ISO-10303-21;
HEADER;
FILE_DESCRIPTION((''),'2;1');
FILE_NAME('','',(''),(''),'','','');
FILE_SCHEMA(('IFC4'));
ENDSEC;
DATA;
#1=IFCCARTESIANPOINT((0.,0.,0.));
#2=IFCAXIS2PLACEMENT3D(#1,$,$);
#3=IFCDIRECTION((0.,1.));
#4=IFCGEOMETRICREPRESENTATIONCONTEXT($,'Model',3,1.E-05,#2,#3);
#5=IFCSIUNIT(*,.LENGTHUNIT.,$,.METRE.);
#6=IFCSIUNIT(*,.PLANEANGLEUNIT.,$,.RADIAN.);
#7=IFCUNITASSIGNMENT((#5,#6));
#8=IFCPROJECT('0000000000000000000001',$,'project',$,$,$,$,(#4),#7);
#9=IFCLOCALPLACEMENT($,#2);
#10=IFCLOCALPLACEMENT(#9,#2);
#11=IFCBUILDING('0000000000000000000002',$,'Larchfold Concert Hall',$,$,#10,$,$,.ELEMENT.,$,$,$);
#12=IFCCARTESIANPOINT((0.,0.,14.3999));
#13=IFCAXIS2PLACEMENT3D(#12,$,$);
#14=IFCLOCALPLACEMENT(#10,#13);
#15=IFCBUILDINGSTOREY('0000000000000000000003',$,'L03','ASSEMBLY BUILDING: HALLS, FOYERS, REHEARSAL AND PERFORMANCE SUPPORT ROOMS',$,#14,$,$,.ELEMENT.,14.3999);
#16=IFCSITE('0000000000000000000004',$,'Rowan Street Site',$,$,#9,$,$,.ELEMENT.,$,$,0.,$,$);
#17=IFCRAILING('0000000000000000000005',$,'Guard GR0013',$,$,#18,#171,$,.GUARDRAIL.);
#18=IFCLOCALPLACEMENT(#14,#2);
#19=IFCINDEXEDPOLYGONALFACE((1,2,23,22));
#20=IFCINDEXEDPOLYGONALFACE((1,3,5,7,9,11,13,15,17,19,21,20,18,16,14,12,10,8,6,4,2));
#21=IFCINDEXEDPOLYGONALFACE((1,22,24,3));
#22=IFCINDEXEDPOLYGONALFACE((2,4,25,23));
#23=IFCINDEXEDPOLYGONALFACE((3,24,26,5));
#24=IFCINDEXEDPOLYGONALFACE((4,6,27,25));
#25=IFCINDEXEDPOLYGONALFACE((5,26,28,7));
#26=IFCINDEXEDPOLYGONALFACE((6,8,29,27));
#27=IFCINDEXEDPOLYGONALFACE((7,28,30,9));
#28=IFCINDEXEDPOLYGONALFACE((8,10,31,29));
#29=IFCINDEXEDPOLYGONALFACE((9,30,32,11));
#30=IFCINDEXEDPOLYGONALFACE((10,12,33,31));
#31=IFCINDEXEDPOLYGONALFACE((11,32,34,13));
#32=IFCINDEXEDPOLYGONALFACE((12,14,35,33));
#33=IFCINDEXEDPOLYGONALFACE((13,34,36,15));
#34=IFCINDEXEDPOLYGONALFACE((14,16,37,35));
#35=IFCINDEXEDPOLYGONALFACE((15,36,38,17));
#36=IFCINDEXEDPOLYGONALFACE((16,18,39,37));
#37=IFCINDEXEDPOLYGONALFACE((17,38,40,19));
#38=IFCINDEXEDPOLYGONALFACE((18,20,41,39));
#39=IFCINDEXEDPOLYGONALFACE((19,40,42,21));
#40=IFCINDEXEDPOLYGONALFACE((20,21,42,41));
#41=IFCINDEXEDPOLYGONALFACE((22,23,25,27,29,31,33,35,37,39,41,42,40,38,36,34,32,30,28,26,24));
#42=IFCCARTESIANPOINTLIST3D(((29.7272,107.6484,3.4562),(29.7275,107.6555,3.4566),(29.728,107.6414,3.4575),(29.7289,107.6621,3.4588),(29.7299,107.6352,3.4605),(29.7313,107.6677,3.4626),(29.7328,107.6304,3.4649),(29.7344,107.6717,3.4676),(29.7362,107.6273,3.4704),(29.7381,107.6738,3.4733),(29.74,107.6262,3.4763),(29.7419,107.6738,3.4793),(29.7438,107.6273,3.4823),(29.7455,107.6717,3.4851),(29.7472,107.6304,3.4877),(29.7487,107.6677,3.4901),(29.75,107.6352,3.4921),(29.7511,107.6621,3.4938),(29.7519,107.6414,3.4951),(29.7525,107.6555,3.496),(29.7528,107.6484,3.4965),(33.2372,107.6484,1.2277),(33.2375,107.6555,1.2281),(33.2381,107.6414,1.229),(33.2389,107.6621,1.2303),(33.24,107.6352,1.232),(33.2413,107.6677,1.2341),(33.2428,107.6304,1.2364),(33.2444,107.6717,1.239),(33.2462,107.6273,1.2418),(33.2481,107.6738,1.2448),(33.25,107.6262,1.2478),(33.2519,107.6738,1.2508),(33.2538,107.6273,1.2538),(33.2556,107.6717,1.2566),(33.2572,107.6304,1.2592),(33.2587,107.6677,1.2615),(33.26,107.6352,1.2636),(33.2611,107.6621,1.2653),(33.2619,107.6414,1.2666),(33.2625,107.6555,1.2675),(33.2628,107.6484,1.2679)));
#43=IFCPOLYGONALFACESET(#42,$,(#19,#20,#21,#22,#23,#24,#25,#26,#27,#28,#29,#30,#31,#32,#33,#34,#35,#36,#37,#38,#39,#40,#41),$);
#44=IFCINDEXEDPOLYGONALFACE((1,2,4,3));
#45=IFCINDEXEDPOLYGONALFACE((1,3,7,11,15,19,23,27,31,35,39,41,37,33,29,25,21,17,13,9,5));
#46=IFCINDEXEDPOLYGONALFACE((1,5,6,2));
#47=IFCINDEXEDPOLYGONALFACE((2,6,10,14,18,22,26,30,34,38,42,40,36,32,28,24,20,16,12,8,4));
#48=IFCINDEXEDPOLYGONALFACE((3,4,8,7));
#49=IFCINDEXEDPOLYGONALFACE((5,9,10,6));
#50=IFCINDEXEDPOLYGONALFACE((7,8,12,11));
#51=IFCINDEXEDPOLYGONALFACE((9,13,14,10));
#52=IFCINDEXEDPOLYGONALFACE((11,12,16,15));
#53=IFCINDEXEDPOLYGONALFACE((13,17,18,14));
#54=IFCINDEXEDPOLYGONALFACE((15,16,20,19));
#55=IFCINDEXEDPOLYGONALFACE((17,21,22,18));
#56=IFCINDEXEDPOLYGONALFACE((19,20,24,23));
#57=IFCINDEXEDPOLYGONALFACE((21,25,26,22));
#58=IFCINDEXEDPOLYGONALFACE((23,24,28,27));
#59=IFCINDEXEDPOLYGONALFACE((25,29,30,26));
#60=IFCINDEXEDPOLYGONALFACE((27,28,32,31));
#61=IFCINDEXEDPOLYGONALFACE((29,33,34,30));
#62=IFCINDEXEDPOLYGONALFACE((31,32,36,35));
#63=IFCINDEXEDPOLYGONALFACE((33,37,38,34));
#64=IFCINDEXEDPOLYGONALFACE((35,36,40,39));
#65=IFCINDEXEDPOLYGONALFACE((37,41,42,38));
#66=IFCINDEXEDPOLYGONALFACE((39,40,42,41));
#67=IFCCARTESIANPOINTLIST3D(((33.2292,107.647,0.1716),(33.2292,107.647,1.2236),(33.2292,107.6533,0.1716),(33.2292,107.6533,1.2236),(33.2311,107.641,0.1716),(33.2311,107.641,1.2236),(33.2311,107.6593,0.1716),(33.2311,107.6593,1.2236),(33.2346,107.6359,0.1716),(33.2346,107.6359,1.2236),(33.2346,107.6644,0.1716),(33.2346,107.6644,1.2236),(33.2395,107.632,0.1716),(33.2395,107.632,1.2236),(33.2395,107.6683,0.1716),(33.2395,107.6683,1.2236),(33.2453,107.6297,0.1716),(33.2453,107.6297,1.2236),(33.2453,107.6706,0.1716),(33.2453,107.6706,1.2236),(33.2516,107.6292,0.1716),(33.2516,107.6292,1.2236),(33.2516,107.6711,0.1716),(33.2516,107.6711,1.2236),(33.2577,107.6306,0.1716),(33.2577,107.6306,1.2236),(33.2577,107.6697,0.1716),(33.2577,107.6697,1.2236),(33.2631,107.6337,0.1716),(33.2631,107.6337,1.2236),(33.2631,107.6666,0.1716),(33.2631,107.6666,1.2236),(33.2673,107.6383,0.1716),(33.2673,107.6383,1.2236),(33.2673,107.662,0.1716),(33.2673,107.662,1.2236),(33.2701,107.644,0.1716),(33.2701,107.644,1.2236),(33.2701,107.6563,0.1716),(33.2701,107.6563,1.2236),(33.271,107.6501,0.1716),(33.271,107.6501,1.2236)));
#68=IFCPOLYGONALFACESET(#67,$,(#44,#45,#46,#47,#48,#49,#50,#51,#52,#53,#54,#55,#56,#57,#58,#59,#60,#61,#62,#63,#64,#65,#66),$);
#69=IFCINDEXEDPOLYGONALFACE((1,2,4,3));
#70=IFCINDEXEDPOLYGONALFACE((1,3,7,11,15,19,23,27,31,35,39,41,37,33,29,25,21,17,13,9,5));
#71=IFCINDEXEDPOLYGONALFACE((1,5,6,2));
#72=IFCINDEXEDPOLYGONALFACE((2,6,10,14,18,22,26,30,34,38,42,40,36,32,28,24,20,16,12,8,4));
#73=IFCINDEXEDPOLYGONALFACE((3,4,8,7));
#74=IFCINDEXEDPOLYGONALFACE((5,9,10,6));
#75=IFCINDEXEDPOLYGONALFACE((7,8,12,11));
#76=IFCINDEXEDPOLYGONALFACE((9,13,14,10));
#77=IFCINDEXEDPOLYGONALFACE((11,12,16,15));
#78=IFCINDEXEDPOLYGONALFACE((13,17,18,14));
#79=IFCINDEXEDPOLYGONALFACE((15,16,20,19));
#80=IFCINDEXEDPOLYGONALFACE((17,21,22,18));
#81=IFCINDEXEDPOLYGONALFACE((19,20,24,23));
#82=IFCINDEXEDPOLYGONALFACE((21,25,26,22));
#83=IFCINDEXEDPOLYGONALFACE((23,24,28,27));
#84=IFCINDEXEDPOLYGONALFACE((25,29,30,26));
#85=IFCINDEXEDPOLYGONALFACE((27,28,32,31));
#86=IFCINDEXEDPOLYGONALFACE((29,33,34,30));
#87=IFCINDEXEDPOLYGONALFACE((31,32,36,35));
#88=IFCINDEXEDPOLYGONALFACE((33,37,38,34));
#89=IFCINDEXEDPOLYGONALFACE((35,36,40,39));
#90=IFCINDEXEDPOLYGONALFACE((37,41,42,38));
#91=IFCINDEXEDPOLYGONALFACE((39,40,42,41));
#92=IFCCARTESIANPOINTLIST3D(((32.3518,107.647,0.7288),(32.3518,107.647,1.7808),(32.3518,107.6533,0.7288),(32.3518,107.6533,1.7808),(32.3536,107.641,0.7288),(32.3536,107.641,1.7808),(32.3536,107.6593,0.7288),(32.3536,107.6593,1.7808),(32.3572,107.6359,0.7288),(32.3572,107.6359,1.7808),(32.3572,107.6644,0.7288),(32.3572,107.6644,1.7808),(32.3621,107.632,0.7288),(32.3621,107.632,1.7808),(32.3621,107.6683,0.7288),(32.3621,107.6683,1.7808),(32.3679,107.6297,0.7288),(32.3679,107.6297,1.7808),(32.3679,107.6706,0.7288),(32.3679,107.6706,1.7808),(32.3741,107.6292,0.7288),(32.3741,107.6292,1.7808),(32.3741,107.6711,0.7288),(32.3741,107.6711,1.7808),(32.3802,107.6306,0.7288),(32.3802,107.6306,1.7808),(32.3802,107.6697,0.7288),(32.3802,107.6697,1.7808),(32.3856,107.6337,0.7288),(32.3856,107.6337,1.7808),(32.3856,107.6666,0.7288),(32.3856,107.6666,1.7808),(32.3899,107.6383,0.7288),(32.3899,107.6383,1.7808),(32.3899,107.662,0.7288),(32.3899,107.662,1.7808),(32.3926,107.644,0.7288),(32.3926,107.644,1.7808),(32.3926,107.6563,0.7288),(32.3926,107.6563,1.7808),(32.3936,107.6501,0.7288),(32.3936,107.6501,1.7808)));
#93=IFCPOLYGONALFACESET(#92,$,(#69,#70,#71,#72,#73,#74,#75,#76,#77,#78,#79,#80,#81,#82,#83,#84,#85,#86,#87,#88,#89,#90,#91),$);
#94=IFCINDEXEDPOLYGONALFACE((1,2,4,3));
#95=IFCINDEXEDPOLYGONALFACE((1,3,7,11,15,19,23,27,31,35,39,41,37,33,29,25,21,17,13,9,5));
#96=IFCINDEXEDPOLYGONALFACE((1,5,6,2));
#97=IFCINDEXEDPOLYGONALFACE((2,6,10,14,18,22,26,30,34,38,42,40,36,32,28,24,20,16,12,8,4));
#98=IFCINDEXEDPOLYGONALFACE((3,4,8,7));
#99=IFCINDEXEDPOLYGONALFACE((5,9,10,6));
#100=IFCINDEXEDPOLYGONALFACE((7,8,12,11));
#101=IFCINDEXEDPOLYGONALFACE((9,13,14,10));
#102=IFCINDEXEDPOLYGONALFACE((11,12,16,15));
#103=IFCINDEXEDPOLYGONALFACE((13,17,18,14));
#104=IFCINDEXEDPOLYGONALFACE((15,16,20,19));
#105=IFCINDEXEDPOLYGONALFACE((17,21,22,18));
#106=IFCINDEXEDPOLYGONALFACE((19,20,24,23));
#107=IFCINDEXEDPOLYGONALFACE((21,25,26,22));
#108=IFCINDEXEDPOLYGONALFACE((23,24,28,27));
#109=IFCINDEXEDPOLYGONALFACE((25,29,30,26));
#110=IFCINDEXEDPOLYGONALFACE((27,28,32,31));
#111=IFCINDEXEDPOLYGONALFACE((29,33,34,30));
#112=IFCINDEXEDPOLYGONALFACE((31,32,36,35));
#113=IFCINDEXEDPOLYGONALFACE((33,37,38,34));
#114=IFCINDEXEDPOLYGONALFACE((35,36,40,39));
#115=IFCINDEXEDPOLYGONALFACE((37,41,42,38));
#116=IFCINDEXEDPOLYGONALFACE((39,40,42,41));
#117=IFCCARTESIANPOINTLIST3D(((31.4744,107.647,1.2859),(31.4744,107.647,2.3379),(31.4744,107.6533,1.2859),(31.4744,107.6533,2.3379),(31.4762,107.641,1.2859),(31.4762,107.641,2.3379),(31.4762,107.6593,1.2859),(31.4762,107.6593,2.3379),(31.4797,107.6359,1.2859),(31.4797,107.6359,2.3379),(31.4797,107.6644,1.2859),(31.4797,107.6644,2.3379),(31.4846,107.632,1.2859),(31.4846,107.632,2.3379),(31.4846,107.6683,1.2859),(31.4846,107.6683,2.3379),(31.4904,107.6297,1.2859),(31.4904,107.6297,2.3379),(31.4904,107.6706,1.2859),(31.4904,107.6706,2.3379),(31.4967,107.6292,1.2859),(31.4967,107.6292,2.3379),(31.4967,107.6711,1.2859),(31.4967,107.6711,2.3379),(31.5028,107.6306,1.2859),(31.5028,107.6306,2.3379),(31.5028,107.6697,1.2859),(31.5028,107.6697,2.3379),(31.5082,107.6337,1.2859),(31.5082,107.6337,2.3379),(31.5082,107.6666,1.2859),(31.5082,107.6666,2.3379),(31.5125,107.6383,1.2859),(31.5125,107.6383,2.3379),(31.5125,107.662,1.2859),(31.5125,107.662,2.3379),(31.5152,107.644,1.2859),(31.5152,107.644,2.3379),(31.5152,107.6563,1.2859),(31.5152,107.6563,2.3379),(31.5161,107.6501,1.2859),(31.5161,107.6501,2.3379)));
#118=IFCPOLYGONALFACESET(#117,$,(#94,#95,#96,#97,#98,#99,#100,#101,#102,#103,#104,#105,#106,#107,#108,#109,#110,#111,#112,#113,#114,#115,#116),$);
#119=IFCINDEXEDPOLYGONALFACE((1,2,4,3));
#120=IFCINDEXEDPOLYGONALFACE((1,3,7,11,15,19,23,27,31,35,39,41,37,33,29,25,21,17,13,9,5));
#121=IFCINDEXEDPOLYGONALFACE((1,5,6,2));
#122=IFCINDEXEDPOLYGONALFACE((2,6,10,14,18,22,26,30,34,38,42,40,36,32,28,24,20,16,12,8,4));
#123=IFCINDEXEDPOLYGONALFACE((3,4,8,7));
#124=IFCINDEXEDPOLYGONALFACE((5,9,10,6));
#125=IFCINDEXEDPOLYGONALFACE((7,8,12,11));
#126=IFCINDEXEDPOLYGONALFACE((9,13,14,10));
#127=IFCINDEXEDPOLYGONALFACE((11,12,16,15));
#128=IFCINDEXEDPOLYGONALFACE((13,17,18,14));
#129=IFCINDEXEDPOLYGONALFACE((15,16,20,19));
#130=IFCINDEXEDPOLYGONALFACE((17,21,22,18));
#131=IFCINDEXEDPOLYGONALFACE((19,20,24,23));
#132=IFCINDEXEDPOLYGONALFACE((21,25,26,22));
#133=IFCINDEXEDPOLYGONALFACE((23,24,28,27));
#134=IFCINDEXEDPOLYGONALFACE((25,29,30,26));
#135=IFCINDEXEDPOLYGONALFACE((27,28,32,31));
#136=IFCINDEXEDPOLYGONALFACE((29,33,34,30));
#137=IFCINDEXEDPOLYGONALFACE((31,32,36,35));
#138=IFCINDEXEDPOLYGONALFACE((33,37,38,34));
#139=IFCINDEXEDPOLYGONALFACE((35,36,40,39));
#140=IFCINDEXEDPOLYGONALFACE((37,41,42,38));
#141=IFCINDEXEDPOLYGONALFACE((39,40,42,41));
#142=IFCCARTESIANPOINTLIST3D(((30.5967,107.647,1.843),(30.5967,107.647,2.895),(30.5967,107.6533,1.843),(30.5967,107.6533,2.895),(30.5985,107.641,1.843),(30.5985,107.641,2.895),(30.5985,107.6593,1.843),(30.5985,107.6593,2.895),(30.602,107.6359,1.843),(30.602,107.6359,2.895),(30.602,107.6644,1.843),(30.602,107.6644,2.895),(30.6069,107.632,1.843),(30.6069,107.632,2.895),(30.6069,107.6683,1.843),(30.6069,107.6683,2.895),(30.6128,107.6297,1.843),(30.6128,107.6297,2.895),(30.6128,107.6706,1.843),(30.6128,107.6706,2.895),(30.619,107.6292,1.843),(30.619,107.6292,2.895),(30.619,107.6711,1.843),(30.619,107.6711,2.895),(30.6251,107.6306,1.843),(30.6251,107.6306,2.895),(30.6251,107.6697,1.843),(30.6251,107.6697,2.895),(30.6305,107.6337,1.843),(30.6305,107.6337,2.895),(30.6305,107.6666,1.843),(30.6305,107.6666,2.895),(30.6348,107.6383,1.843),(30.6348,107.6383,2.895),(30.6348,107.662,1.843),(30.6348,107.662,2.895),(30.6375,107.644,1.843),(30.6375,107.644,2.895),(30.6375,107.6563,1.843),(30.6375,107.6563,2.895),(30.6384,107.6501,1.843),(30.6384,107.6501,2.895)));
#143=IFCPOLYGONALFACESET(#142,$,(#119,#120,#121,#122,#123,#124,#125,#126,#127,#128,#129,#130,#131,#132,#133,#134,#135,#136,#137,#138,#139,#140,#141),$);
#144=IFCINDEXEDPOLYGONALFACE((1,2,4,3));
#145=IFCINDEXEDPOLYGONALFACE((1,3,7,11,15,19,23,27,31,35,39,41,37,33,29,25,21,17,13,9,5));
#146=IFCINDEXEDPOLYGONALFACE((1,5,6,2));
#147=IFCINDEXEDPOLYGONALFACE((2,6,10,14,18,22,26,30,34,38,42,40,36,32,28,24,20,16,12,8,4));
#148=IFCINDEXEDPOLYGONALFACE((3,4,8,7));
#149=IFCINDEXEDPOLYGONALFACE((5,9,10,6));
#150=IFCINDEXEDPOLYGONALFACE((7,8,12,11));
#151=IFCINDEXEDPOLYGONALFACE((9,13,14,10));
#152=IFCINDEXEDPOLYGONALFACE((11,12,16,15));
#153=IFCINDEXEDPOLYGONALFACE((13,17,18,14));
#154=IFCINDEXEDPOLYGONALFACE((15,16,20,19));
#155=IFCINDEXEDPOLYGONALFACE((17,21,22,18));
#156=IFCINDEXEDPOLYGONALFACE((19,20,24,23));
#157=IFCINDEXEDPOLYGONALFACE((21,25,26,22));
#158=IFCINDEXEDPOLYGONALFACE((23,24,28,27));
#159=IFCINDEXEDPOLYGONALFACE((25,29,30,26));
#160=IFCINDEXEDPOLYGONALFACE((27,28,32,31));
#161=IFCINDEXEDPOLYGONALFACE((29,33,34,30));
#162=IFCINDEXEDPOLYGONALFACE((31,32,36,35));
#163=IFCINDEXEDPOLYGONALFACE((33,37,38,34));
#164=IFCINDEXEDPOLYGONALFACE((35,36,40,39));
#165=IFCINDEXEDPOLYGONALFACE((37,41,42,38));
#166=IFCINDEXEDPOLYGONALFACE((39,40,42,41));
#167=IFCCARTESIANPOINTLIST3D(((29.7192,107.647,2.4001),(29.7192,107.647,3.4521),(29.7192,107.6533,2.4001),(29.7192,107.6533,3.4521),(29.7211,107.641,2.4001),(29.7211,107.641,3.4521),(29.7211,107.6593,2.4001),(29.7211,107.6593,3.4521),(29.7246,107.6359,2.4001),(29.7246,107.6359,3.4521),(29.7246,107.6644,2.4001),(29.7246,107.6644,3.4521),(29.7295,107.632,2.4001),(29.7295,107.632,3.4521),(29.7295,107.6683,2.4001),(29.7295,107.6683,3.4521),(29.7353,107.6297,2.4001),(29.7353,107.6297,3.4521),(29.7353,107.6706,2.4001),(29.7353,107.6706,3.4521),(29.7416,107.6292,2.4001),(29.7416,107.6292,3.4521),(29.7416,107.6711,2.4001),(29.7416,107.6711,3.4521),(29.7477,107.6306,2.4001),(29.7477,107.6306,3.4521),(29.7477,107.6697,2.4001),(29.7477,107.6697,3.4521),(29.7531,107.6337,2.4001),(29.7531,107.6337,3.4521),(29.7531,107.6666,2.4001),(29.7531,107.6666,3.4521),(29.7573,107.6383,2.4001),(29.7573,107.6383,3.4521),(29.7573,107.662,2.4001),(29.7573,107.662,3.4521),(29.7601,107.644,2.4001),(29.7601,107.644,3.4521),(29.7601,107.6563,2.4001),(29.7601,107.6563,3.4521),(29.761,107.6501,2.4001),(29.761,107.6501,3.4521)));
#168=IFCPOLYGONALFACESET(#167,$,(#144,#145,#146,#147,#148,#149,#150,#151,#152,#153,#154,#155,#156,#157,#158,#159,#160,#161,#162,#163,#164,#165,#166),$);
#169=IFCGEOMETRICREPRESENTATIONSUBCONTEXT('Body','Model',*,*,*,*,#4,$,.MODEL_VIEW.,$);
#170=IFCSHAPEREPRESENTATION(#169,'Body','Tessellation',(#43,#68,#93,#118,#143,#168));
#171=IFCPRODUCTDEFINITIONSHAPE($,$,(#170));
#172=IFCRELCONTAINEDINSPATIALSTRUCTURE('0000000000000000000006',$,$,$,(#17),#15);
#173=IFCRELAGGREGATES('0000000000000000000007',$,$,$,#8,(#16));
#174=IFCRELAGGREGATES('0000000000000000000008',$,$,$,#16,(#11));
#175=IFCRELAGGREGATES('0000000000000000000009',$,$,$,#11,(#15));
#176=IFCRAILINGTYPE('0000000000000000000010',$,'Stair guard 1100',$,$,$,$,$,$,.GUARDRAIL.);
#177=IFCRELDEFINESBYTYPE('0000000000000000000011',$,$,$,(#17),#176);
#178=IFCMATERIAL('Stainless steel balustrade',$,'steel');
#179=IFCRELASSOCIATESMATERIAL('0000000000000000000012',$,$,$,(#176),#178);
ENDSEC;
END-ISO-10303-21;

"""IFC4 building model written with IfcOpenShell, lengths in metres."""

from ifc_helpers import new_model, si_unit, direction, frame, origin, origin_2d, place, context, subcontext, project, spatial, circle, extrude, material, type_object, element, save


model = new_model("IFC4")

# Units and contexts
model_context = context("Model", 3, precision=1e-05, world=origin(), true_north=direction((0.0, 1.0)))
body_context = subcontext(model_context, "Body", "Model", "MODEL_VIEW")
ifc_project = project(units=[si_unit("LENGTHUNIT", "METRE"), si_unit("PLANEANGLEUNIT", "RADIAN")], contexts=[model_context])

# Site, building, storey
site_placement = place(None, origin())
site = spatial("IfcSite", under=ifc_project, at=site_placement, Name="Rowan Street Site", CompositionType="ELEMENT", RefElevation=0.0)
building_placement = place(site_placement, origin())
building = spatial("IfcBuilding", under=site, at=building_placement, Name="Larchfold Concert Hall", CompositionType="ELEMENT")
storey_placement = place(building_placement, frame((0.0, 0.0, 14.3999)))
storey = spatial("IfcBuildingStorey", under=building, at=storey_placement, Name="L03", Description="ASSEMBLY BUILDING: HALLS, FOYERS, REHEARSAL AND PERFORMANCE SUPPORT ROOMS", CompositionType="ELEMENT", Elevation=14.3999)

# Railing
ifc_material_1 = material(Name="Stainless steel balustrade", Category="steel")
railing_type_1 = type_object("IfcRailingType", Name="Stair guard 1100", PredefinedType="GUARDRAIL", material=ifc_material_1)
railing_placement = place(storey_placement, frame((33.25, 107.6501, 0.1716)))
element("IfcRailing", 1, at=railing_placement, inside=storey, type_object=railing_type_1, Name="Guard GR0013", PredefinedType="GUARDRAIL", context=body_context, shape_type="SweptSolid", body=[
    extrude(circle(Radius=0.0239, at=origin_2d()), frame((0.0, 0.0, 1.0762), z_axis=(-0.84422, 0.0, 0.535998), x_axis=(0.0, -1.0, 0.0)), (0.0, 0.0, 1.0), 4.1577),
    extrude(circle(Radius=0.021, at=origin_2d()), origin(), (0.0, 0.0, 1.0), 1.052),
    extrude(circle(Radius=0.021, at=origin_2d()), frame((-0.8774, 0.0, 0.5571)), (0.0, 0.0, 1.0), 1.052),
    extrude(circle(Radius=0.021, at=origin_2d()), frame((-1.7549, 0.0, 1.1143)), (0.0, 0.0, 1.0), 1.052),
    extrude(circle(Radius=0.021, at=origin_2d()), frame((-2.6326, 0.0, 1.6714)), (0.0, 0.0, 1.0), 1.052),
    extrude(circle(Radius=0.021, at=origin_2d()), frame((-3.51, 0.0, 2.2285)), (0.0, 0.0, 1.0), 1.052),
])

save(model, "model.ifc")
